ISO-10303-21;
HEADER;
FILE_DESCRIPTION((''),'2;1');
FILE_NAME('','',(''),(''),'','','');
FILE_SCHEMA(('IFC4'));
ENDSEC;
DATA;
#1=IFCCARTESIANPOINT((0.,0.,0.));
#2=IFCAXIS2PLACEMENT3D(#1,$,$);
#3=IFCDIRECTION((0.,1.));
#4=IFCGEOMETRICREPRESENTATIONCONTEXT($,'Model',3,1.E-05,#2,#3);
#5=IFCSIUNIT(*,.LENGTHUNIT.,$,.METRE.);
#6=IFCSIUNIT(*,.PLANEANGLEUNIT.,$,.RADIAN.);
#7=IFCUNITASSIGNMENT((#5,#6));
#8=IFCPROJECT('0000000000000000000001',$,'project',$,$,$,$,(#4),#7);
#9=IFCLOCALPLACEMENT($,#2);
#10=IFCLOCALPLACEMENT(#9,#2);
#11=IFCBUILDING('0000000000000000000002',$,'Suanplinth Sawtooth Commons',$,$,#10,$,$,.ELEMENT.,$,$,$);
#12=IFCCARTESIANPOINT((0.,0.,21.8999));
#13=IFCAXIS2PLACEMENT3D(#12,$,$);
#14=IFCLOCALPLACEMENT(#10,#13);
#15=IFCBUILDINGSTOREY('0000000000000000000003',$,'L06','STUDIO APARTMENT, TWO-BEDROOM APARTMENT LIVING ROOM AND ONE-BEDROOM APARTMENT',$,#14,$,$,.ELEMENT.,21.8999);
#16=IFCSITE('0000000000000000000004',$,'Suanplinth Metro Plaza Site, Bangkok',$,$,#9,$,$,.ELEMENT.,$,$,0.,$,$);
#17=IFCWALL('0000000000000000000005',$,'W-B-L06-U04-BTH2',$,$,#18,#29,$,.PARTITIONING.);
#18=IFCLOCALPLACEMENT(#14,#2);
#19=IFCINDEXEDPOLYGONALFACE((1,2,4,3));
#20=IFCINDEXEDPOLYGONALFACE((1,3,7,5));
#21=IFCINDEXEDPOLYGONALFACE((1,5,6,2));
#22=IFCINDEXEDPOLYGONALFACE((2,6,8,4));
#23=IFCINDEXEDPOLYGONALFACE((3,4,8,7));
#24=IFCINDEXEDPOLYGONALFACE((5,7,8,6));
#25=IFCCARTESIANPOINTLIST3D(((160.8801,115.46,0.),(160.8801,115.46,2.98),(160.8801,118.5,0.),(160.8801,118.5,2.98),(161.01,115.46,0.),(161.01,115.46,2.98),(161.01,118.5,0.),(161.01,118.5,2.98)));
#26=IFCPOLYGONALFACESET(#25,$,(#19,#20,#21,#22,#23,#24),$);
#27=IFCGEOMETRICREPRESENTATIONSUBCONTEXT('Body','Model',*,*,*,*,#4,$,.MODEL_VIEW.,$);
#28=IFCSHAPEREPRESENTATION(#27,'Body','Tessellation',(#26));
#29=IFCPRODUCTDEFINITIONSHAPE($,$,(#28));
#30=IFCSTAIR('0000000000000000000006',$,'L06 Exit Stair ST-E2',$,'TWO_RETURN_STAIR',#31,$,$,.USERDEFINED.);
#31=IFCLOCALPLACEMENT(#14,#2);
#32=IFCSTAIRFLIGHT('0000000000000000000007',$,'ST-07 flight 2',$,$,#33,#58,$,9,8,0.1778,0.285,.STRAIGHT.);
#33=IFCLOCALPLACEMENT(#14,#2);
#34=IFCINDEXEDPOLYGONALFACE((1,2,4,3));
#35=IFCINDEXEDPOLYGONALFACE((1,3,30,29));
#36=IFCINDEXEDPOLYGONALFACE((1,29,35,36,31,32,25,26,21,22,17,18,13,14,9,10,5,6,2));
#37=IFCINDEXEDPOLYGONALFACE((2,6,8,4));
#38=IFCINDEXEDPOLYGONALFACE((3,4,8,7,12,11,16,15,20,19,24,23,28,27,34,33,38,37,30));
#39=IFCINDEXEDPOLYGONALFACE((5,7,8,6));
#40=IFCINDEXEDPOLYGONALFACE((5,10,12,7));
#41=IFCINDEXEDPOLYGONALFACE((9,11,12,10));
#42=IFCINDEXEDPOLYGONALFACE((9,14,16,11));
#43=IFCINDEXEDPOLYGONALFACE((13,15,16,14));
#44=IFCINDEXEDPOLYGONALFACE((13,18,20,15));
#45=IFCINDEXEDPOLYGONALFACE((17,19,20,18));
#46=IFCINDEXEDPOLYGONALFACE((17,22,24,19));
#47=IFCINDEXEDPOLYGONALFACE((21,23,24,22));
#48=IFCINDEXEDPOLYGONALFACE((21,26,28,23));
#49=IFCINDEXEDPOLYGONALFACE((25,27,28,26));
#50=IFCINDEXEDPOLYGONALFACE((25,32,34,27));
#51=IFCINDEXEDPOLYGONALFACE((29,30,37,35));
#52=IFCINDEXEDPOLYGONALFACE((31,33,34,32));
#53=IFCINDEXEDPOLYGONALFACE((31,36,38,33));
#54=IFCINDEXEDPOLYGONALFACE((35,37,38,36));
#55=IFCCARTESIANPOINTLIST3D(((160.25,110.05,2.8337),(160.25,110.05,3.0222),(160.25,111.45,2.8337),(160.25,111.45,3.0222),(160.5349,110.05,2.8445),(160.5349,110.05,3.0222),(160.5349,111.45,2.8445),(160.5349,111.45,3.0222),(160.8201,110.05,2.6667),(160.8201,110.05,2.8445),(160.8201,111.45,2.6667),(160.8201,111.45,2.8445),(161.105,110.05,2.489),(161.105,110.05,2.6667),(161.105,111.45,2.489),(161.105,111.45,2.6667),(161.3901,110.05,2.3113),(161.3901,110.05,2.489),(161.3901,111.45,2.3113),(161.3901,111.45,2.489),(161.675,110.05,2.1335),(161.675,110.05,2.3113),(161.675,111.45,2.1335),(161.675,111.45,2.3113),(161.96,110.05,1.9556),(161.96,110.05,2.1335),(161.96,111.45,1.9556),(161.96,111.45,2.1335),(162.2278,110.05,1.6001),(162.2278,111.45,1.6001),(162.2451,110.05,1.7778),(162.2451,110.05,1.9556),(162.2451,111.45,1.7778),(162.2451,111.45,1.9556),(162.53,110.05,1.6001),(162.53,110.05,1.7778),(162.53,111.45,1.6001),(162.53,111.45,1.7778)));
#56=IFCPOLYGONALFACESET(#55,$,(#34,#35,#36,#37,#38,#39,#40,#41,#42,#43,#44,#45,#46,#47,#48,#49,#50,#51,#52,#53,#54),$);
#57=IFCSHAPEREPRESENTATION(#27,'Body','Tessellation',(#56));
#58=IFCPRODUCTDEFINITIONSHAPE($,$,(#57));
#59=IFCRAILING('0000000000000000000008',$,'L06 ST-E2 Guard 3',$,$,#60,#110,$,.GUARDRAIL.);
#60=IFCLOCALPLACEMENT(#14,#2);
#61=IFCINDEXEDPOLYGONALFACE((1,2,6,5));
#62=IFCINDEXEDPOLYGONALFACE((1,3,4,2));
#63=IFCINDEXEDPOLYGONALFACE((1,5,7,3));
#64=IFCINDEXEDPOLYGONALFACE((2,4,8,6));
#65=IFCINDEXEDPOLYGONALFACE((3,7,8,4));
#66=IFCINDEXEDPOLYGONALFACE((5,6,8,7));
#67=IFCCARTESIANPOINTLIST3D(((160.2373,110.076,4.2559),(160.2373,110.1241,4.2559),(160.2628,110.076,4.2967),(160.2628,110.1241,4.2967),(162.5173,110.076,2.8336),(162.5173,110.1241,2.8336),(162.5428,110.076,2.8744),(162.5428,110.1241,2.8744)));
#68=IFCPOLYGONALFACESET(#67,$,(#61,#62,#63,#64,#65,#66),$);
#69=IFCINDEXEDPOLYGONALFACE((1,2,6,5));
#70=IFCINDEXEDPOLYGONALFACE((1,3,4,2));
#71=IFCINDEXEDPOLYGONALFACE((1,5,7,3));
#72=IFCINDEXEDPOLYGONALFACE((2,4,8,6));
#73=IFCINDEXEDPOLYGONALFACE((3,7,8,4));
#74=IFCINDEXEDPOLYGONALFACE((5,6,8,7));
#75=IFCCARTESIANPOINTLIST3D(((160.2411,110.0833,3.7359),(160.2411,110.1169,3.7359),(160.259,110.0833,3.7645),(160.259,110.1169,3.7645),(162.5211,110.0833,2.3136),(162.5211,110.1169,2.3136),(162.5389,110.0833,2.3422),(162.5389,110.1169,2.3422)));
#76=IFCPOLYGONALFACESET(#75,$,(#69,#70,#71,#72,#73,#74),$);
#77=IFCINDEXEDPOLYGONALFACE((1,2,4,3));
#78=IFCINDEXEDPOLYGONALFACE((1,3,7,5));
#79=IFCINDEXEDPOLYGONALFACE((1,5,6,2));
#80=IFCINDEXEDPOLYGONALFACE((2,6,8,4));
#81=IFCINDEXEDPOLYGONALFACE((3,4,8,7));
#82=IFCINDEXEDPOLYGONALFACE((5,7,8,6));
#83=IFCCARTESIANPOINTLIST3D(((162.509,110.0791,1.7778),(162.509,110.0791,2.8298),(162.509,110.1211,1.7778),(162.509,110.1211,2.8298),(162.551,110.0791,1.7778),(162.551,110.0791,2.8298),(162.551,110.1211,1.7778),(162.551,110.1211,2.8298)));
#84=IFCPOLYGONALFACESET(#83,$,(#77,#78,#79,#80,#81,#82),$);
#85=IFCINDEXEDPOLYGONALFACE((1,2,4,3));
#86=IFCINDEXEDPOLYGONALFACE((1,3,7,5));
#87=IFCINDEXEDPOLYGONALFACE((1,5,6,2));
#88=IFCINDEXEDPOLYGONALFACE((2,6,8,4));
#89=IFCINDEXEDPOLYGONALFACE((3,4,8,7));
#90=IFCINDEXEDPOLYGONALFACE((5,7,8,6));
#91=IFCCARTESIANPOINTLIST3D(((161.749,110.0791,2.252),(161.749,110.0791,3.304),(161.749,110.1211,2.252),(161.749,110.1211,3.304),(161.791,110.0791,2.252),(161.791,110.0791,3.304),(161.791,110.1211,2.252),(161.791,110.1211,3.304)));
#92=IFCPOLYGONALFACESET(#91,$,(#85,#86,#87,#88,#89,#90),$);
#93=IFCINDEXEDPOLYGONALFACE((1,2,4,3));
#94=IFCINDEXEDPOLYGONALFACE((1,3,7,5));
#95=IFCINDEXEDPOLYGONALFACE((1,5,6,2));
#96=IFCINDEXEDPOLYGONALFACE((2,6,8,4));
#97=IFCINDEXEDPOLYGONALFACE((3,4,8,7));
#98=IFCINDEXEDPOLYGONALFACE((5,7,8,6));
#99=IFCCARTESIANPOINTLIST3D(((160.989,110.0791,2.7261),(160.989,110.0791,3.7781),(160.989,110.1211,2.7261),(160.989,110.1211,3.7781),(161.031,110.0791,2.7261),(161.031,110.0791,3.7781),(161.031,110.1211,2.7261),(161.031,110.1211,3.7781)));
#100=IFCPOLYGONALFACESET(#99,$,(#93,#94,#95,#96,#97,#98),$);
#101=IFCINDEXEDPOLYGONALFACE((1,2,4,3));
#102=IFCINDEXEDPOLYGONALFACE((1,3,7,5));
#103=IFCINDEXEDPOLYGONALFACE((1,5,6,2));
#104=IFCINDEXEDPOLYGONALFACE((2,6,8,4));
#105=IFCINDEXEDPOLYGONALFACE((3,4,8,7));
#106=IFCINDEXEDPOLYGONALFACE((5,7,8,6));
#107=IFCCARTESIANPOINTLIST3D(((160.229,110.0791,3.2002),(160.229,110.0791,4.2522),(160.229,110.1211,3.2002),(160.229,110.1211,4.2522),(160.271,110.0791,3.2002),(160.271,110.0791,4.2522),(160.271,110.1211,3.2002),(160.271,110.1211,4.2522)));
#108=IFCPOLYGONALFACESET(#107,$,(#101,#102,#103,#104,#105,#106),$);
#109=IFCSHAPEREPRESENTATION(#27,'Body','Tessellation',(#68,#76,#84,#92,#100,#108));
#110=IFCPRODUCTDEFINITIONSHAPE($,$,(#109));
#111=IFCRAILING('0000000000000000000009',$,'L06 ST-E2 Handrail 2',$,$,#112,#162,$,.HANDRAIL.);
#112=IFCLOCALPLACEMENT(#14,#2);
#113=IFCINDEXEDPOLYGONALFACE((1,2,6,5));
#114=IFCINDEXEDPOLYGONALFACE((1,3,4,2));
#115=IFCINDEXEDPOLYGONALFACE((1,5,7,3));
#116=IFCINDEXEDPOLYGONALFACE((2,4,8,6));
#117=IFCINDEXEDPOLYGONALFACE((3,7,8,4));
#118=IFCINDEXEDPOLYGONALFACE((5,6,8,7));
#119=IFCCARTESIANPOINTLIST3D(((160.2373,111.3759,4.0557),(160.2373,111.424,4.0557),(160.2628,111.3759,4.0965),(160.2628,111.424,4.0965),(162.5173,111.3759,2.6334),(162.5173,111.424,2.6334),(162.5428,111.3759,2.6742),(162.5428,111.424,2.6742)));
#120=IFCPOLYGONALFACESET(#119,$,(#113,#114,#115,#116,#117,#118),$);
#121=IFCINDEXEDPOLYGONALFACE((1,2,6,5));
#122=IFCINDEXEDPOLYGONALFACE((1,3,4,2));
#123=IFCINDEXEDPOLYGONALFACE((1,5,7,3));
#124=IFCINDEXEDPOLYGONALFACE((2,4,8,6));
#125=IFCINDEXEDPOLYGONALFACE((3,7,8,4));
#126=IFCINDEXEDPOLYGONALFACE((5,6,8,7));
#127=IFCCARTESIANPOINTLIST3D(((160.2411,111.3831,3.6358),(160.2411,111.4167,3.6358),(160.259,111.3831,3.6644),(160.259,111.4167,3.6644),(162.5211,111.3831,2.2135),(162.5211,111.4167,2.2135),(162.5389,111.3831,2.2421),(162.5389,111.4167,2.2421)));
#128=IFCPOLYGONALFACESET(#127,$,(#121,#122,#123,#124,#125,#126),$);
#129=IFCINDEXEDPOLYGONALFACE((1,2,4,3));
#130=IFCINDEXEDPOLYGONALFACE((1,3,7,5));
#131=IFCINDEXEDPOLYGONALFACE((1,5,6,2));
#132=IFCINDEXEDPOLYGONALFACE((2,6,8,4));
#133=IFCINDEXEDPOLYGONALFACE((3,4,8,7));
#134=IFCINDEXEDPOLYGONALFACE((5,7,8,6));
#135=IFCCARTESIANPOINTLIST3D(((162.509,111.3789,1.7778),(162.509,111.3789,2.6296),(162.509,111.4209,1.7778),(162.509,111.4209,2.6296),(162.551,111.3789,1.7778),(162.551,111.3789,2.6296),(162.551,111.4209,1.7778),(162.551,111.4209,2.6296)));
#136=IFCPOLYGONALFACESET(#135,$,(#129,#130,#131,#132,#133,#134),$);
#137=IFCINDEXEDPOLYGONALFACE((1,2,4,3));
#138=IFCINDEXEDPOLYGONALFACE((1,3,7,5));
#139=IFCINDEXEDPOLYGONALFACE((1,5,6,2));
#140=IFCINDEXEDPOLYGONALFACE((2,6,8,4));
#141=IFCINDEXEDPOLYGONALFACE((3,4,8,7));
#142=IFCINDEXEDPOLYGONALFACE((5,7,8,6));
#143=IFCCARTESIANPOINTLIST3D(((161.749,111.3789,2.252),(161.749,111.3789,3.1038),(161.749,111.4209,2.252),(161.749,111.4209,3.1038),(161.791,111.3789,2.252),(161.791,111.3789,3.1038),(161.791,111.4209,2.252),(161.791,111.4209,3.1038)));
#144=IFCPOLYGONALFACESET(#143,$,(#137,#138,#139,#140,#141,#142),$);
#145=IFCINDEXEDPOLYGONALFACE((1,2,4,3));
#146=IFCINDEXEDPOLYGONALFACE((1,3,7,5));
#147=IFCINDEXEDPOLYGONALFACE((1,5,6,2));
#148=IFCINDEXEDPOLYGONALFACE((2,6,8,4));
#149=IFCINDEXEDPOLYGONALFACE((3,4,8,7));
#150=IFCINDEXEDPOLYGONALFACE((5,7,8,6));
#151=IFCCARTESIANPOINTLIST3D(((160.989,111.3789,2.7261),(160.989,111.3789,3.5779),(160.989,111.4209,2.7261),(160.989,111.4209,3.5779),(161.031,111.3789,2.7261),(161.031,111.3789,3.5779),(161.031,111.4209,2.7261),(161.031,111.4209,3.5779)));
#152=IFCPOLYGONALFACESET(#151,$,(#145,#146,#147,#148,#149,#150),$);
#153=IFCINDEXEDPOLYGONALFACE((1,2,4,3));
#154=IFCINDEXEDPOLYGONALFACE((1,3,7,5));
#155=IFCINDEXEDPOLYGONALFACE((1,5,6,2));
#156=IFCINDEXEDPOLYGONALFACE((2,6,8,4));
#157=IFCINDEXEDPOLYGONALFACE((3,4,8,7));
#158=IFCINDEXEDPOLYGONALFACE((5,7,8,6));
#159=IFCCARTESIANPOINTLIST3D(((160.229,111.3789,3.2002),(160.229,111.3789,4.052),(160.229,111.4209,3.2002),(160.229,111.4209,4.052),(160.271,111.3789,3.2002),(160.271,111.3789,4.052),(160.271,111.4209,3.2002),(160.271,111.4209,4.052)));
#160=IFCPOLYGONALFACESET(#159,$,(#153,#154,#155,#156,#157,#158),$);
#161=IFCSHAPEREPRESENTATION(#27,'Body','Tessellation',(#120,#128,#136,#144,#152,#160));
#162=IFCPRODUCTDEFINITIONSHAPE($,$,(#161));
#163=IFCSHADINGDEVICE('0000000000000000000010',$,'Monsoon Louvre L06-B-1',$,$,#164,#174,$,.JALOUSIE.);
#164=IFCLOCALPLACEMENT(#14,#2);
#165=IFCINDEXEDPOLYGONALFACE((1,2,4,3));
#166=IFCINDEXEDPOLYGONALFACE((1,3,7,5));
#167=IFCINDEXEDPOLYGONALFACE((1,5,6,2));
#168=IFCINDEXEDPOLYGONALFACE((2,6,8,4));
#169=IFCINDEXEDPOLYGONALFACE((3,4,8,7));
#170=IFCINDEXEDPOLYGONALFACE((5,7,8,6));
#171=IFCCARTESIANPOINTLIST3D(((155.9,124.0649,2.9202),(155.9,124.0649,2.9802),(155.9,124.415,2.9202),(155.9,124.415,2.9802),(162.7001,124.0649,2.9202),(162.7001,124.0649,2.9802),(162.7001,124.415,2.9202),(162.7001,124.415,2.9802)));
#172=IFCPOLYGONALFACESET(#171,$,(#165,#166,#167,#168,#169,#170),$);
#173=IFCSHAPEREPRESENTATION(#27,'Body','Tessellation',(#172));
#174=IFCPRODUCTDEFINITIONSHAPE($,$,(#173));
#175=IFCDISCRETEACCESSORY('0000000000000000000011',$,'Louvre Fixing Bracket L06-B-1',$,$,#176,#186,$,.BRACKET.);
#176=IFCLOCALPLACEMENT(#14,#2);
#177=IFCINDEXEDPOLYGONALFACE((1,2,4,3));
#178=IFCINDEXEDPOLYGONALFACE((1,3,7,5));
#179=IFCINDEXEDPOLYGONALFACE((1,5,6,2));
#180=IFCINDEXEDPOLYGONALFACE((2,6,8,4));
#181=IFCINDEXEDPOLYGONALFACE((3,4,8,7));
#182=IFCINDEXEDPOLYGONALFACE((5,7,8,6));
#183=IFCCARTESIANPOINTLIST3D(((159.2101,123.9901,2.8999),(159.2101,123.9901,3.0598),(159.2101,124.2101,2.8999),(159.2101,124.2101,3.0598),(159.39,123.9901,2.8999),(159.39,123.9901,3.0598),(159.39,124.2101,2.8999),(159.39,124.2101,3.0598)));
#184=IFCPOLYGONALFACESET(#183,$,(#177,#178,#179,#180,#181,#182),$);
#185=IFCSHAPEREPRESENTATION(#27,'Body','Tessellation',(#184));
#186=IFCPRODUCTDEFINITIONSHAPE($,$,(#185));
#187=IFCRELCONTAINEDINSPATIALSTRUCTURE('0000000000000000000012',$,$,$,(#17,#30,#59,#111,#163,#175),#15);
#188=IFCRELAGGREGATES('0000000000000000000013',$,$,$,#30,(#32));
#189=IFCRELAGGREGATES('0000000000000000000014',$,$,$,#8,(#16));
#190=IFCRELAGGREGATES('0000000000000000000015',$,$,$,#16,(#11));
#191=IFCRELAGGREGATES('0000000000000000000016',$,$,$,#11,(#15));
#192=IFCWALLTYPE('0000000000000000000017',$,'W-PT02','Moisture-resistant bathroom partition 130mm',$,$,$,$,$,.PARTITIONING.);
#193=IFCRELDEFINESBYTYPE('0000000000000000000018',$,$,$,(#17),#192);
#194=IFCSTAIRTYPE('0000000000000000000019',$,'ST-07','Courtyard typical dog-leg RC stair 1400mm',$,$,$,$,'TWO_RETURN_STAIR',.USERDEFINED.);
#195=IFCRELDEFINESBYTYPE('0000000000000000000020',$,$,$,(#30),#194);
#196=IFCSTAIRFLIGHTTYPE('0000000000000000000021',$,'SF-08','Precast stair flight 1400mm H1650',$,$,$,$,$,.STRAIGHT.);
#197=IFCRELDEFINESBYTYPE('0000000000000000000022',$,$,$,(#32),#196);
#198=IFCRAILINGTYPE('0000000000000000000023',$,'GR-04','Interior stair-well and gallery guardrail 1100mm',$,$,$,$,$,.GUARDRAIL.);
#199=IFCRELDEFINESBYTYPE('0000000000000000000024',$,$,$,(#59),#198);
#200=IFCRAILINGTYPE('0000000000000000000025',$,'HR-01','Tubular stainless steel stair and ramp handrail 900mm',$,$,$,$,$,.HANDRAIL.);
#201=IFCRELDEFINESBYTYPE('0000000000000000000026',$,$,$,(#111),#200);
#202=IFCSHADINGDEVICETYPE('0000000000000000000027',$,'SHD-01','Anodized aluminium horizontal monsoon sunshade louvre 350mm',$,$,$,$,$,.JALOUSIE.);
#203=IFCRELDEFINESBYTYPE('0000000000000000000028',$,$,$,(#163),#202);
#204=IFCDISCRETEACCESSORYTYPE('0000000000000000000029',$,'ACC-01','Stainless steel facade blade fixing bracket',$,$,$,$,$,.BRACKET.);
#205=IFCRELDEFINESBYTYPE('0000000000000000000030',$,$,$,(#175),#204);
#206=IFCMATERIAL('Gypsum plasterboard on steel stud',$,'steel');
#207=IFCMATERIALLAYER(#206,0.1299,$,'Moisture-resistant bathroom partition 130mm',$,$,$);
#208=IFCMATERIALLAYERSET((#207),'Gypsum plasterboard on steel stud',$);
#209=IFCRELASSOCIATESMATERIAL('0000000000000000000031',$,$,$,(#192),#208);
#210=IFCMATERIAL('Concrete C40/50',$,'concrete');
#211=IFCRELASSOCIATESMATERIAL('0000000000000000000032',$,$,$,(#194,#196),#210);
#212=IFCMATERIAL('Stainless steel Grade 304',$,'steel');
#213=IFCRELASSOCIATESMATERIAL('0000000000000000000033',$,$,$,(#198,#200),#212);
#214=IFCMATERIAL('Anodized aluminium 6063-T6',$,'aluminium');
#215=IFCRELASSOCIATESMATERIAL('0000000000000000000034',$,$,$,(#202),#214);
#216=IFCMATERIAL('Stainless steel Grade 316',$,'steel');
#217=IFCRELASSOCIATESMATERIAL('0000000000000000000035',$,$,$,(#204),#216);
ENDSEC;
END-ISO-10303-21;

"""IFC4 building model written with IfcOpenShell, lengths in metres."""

from ifc_helpers import new_model, si_unit, direction, frame, frame_2d, origin, origin_2d, place, context, subcontext, project, spatial, polyline, rectangle, outline, extrude, material, layer, layer_set, type_object, element, aggregate, save


model = new_model("IFC4")

# Units and contexts
model_context = context("Model", 3, precision=1e-05, world=origin(), true_north=direction((0.0, 1.0)))
body_context = subcontext(model_context, "Body", "Model", "MODEL_VIEW")
ifc_project = project(units=[si_unit("LENGTHUNIT", "METRE"), si_unit("PLANEANGLEUNIT", "RADIAN")], contexts=[model_context])

# Site, building, storey
site_placement = place(None, origin())
site = spatial("IfcSite", under=ifc_project, at=site_placement, Name="Suanplinth Metro Plaza Site, Bangkok", CompositionType="ELEMENT", RefElevation=0.0)
building_placement = place(site_placement, origin())
building = spatial("IfcBuilding", under=site, at=building_placement, Name="Suanplinth Sawtooth Commons", CompositionType="ELEMENT")
storey_placement = place(building_placement, frame((0.0, 0.0, 21.8999)))
storey = spatial("IfcBuildingStorey", under=building, at=storey_placement, Name="L06", Description="STUDIO APARTMENT, TWO-BEDROOM APARTMENT LIVING ROOM AND ONE-BEDROOM APARTMENT", CompositionType="ELEMENT", Elevation=21.8999)

# Shared definitions
ifc_material_1 = material(Name="Concrete C40/50", Category="concrete")

# Shared definitions
ifc_material_2 = material(Name="Gypsum plasterboard on steel stud", Category="steel")

# Shared definitions
ifc_layer_1 = layer(ifc_material_2, 0.1299, Name="Moisture-resistant bathroom partition 130mm")
ifc_layer_set_1 = layer_set([ifc_layer_1], Name="Gypsum plasterboard on steel stud")
wall_type_1 = type_object("IfcWallType", Name="W-PT02", Description="Moisture-resistant bathroom partition 130mm", PredefinedType="PARTITIONING", material=ifc_layer_set_1)

# Wall
wall_1_placement = place(storey_placement, frame((160.9451, 115.46, 0.0), z_axis=(0.0, 0.0, 1.0), x_axis=(0.0, 1.0, 0.0)))
element("IfcWall", 1, at=wall_1_placement, inside=storey, type_object=wall_type_1, Name="W-B-L06-U04-BTH2", PredefinedType="PARTITIONING", context=body_context, shape_type="SweptSolid", body=[
    extrude(rectangle(XDim=3.04, YDim=0.1299, at=frame_2d((1.52, 0.0))), origin(), (0.0, 0.0, 1.0), 2.98),
])

# Shared definitions
ifc_material_3 = material(Name="Stainless steel Grade 304", Category="steel")

# Stair, stair flight
stair_type = type_object("IfcStairType", Name="ST-07", Description="Courtyard typical dog-leg RC stair 1400mm", ElementType="TWO_RETURN_STAIR", PredefinedType="USERDEFINED", material=ifc_material_1)
stair_placement = place(storey_placement, origin())
stair = element("IfcStair", 2, at=stair_placement, inside=storey, type_object=stair_type, Name="L06 Exit Stair ST-E2", ObjectType="TWO_RETURN_STAIR", PredefinedType="USERDEFINED")
stair_flight_type = type_object("IfcStairFlightType", Name="SF-08", Description="Precast stair flight 1400mm H1650", PredefinedType="STRAIGHT", material=ifc_material_1)
stair_flight_placement = place(storey_placement, frame((162.53, 110.75, 1.6001), z_axis=(0.0, 0.0, 1.0), x_axis=(-1.0, 0.0, 0.0)))
stair_flight = element("IfcStairFlight", 3, at=stair_flight_placement, type_object=stair_flight_type, Name="ST-07 flight 2", NumberOfRisers=9, NumberOfTreads=8, PredefinedType="STRAIGHT", RiserHeight=0.1778, TreadLength=0.285, context=body_context, shape_type="SweptSolid", body=[
    extrude(outline(polyline([(0.0, 0.0), (0.0, 0.1777), (0.2849, 0.1777), (0.2849, 0.3555), (0.5701, 0.3555), (0.5701, 0.5334), (0.855, 0.5334), (0.855, 0.7112), (1.1399, 0.7112), (1.1399, 0.8889), (1.425, 0.8889), (1.425, 1.0667), (1.71, 1.0667), (1.71, 1.2444), (1.9951, 1.2444), (1.9951, 1.4221), (2.28, 1.4221), (2.28, 1.6001), (2.28, 1.2336), (0.3022, 0.0), (0.0, 0.0)])), frame((0.0, 0.7, 0.0), z_axis=(0.0, -1.0, 0.0), x_axis=(1.0, 0.0, 0.0)), (0.0, 0.0, 1.0), 1.3999),
])
aggregate(stair, [stair_flight])

# Railings
railing_type_1 = type_object("IfcRailingType", Name="GR-04", Description="Interior stair-well and gallery guardrail 1100mm", PredefinedType="GUARDRAIL", material=ifc_material_3)
railing_1_placement = place(storey_placement, frame((162.53, 110.1001, 1.7778)))
element("IfcRailing", 4, at=railing_1_placement, inside=storey, type_object=railing_type_1, Name="L06 ST-E2 Guard 3", PredefinedType="GUARDRAIL", context=body_context, shape_type="SweptSolid", body=[
    extrude(rectangle(XDim=0.0481, YDim=0.0481, at=origin_2d()), frame((0.0, 0.0, 1.0762), z_axis=(-0.848442, 0.0, 0.529288), x_axis=(0.0, -1.0, 0.0)), (0.0, 0.0, 1.0), 2.6873),
    extrude(rectangle(XDim=0.0337, YDim=0.0337, at=origin_2d()), frame((0.0, 0.0, 0.55), z_axis=(-0.848442, 0.0, 0.529288), x_axis=(0.0, -1.0, 0.0)), (0.0, 0.0, 1.0), 2.6873),
    extrude(rectangle(XDim=0.042, YDim=0.042, at=origin_2d()), origin(), (0.0, 0.0, 1.0), 1.052),
    extrude(rectangle(XDim=0.042, YDim=0.042, at=origin_2d()), frame((-0.76, 0.0, 0.4741)), (0.0, 0.0, 1.0), 1.052),
    extrude(rectangle(XDim=0.042, YDim=0.042, at=origin_2d()), frame((-1.52, 0.0, 0.9482)), (0.0, 0.0, 1.0), 1.052),
    extrude(rectangle(XDim=0.042, YDim=0.042, at=origin_2d()), frame((-2.28, 0.0, 1.4224)), (0.0, 0.0, 1.0), 1.052),
])
railing_type_2 = type_object("IfcRailingType", Name="HR-01", Description="Tubular stainless steel stair and ramp handrail 900mm", PredefinedType="HANDRAIL", material=ifc_material_3)
railing_2_placement = place(storey_placement, frame((162.53, 111.3999, 1.7778)))
element("IfcRailing", 5, at=railing_2_placement, inside=storey, type_object=railing_type_2, Name="L06 ST-E2 Handrail 2", PredefinedType="HANDRAIL", context=body_context, shape_type="SweptSolid", body=[
    extrude(rectangle(XDim=0.0481, YDim=0.0481, at=origin_2d()), frame((0.0, 0.0, 0.876), z_axis=(-0.848442, 0.0, 0.529288), x_axis=(0.0, -1.0, 0.0)), (0.0, 0.0, 1.0), 2.6873),
    extrude(rectangle(XDim=0.0337, YDim=0.0337, at=origin_2d()), frame((0.0, 0.0, 0.45), z_axis=(-0.848442, 0.0, 0.529288), x_axis=(0.0, -1.0, 0.0)), (0.0, 0.0, 1.0), 2.6873),
    extrude(rectangle(XDim=0.042, YDim=0.042, at=origin_2d()), origin(), (0.0, 0.0, 1.0), 0.8518),
    extrude(rectangle(XDim=0.042, YDim=0.042, at=origin_2d()), frame((-0.76, 0.0, 0.4741)), (0.0, 0.0, 1.0), 0.8518),
    extrude(rectangle(XDim=0.042, YDim=0.042, at=origin_2d()), frame((-1.52, 0.0, 0.9482)), (0.0, 0.0, 1.0), 0.8518),
    extrude(rectangle(XDim=0.042, YDim=0.042, at=origin_2d()), frame((-2.28, 0.0, 1.4224)), (0.0, 0.0, 1.0), 0.8518),
])

# Shading device
ifc_material_4 = material(Name="Anodized aluminium 6063-T6", Category="aluminium")
shading_device_type = type_object("IfcShadingDeviceType", Name="SHD-01", Description="Anodized aluminium horizontal monsoon sunshade louvre 350mm", PredefinedType="JALOUSIE", material=ifc_material_4)
shading_device_placement = place(storey_placement, frame((159.3, 124.24, 2.9202), z_axis=(0.0, 0.0, 1.0), x_axis=(1.0, 0.0, 0.0)))
element("IfcShadingDevice", 6, at=shading_device_placement, inside=storey, type_object=shading_device_type, Name="Monsoon Louvre L06-B-1", PredefinedType="JALOUSIE", context=body_context, shape_type="SweptSolid", body=[
    extrude(rectangle(XDim=6.8, YDim=0.3501, at=origin_2d()), origin(), (0.0, 0.0, 1.0), 0.0601),
])

# Discrete accessory
ifc_material_5 = material(Name="Stainless steel Grade 316", Category="steel")
discrete_accessory_type = type_object("IfcDiscreteAccessoryType", Name="ACC-01", Description="Stainless steel facade blade fixing bracket", PredefinedType="BRACKET", material=ifc_material_5)
discrete_accessory_placement = place(storey_placement, frame((159.3, 124.1001, 2.8999), z_axis=(0.0, 0.0, 1.0), x_axis=(1.0, 0.0, 0.0)))
element("IfcDiscreteAccessory", 7, at=discrete_accessory_placement, inside=storey, type_object=discrete_accessory_type, Name="Louvre Fixing Bracket L06-B-1", PredefinedType="BRACKET", context=body_context, shape_type="SweptSolid", body=[
    extrude(rectangle(XDim=0.1799, YDim=0.22, at=origin_2d()), origin(), (0.0, 0.0, 1.0), 0.1599),
])

save(model, "model.ifc")
